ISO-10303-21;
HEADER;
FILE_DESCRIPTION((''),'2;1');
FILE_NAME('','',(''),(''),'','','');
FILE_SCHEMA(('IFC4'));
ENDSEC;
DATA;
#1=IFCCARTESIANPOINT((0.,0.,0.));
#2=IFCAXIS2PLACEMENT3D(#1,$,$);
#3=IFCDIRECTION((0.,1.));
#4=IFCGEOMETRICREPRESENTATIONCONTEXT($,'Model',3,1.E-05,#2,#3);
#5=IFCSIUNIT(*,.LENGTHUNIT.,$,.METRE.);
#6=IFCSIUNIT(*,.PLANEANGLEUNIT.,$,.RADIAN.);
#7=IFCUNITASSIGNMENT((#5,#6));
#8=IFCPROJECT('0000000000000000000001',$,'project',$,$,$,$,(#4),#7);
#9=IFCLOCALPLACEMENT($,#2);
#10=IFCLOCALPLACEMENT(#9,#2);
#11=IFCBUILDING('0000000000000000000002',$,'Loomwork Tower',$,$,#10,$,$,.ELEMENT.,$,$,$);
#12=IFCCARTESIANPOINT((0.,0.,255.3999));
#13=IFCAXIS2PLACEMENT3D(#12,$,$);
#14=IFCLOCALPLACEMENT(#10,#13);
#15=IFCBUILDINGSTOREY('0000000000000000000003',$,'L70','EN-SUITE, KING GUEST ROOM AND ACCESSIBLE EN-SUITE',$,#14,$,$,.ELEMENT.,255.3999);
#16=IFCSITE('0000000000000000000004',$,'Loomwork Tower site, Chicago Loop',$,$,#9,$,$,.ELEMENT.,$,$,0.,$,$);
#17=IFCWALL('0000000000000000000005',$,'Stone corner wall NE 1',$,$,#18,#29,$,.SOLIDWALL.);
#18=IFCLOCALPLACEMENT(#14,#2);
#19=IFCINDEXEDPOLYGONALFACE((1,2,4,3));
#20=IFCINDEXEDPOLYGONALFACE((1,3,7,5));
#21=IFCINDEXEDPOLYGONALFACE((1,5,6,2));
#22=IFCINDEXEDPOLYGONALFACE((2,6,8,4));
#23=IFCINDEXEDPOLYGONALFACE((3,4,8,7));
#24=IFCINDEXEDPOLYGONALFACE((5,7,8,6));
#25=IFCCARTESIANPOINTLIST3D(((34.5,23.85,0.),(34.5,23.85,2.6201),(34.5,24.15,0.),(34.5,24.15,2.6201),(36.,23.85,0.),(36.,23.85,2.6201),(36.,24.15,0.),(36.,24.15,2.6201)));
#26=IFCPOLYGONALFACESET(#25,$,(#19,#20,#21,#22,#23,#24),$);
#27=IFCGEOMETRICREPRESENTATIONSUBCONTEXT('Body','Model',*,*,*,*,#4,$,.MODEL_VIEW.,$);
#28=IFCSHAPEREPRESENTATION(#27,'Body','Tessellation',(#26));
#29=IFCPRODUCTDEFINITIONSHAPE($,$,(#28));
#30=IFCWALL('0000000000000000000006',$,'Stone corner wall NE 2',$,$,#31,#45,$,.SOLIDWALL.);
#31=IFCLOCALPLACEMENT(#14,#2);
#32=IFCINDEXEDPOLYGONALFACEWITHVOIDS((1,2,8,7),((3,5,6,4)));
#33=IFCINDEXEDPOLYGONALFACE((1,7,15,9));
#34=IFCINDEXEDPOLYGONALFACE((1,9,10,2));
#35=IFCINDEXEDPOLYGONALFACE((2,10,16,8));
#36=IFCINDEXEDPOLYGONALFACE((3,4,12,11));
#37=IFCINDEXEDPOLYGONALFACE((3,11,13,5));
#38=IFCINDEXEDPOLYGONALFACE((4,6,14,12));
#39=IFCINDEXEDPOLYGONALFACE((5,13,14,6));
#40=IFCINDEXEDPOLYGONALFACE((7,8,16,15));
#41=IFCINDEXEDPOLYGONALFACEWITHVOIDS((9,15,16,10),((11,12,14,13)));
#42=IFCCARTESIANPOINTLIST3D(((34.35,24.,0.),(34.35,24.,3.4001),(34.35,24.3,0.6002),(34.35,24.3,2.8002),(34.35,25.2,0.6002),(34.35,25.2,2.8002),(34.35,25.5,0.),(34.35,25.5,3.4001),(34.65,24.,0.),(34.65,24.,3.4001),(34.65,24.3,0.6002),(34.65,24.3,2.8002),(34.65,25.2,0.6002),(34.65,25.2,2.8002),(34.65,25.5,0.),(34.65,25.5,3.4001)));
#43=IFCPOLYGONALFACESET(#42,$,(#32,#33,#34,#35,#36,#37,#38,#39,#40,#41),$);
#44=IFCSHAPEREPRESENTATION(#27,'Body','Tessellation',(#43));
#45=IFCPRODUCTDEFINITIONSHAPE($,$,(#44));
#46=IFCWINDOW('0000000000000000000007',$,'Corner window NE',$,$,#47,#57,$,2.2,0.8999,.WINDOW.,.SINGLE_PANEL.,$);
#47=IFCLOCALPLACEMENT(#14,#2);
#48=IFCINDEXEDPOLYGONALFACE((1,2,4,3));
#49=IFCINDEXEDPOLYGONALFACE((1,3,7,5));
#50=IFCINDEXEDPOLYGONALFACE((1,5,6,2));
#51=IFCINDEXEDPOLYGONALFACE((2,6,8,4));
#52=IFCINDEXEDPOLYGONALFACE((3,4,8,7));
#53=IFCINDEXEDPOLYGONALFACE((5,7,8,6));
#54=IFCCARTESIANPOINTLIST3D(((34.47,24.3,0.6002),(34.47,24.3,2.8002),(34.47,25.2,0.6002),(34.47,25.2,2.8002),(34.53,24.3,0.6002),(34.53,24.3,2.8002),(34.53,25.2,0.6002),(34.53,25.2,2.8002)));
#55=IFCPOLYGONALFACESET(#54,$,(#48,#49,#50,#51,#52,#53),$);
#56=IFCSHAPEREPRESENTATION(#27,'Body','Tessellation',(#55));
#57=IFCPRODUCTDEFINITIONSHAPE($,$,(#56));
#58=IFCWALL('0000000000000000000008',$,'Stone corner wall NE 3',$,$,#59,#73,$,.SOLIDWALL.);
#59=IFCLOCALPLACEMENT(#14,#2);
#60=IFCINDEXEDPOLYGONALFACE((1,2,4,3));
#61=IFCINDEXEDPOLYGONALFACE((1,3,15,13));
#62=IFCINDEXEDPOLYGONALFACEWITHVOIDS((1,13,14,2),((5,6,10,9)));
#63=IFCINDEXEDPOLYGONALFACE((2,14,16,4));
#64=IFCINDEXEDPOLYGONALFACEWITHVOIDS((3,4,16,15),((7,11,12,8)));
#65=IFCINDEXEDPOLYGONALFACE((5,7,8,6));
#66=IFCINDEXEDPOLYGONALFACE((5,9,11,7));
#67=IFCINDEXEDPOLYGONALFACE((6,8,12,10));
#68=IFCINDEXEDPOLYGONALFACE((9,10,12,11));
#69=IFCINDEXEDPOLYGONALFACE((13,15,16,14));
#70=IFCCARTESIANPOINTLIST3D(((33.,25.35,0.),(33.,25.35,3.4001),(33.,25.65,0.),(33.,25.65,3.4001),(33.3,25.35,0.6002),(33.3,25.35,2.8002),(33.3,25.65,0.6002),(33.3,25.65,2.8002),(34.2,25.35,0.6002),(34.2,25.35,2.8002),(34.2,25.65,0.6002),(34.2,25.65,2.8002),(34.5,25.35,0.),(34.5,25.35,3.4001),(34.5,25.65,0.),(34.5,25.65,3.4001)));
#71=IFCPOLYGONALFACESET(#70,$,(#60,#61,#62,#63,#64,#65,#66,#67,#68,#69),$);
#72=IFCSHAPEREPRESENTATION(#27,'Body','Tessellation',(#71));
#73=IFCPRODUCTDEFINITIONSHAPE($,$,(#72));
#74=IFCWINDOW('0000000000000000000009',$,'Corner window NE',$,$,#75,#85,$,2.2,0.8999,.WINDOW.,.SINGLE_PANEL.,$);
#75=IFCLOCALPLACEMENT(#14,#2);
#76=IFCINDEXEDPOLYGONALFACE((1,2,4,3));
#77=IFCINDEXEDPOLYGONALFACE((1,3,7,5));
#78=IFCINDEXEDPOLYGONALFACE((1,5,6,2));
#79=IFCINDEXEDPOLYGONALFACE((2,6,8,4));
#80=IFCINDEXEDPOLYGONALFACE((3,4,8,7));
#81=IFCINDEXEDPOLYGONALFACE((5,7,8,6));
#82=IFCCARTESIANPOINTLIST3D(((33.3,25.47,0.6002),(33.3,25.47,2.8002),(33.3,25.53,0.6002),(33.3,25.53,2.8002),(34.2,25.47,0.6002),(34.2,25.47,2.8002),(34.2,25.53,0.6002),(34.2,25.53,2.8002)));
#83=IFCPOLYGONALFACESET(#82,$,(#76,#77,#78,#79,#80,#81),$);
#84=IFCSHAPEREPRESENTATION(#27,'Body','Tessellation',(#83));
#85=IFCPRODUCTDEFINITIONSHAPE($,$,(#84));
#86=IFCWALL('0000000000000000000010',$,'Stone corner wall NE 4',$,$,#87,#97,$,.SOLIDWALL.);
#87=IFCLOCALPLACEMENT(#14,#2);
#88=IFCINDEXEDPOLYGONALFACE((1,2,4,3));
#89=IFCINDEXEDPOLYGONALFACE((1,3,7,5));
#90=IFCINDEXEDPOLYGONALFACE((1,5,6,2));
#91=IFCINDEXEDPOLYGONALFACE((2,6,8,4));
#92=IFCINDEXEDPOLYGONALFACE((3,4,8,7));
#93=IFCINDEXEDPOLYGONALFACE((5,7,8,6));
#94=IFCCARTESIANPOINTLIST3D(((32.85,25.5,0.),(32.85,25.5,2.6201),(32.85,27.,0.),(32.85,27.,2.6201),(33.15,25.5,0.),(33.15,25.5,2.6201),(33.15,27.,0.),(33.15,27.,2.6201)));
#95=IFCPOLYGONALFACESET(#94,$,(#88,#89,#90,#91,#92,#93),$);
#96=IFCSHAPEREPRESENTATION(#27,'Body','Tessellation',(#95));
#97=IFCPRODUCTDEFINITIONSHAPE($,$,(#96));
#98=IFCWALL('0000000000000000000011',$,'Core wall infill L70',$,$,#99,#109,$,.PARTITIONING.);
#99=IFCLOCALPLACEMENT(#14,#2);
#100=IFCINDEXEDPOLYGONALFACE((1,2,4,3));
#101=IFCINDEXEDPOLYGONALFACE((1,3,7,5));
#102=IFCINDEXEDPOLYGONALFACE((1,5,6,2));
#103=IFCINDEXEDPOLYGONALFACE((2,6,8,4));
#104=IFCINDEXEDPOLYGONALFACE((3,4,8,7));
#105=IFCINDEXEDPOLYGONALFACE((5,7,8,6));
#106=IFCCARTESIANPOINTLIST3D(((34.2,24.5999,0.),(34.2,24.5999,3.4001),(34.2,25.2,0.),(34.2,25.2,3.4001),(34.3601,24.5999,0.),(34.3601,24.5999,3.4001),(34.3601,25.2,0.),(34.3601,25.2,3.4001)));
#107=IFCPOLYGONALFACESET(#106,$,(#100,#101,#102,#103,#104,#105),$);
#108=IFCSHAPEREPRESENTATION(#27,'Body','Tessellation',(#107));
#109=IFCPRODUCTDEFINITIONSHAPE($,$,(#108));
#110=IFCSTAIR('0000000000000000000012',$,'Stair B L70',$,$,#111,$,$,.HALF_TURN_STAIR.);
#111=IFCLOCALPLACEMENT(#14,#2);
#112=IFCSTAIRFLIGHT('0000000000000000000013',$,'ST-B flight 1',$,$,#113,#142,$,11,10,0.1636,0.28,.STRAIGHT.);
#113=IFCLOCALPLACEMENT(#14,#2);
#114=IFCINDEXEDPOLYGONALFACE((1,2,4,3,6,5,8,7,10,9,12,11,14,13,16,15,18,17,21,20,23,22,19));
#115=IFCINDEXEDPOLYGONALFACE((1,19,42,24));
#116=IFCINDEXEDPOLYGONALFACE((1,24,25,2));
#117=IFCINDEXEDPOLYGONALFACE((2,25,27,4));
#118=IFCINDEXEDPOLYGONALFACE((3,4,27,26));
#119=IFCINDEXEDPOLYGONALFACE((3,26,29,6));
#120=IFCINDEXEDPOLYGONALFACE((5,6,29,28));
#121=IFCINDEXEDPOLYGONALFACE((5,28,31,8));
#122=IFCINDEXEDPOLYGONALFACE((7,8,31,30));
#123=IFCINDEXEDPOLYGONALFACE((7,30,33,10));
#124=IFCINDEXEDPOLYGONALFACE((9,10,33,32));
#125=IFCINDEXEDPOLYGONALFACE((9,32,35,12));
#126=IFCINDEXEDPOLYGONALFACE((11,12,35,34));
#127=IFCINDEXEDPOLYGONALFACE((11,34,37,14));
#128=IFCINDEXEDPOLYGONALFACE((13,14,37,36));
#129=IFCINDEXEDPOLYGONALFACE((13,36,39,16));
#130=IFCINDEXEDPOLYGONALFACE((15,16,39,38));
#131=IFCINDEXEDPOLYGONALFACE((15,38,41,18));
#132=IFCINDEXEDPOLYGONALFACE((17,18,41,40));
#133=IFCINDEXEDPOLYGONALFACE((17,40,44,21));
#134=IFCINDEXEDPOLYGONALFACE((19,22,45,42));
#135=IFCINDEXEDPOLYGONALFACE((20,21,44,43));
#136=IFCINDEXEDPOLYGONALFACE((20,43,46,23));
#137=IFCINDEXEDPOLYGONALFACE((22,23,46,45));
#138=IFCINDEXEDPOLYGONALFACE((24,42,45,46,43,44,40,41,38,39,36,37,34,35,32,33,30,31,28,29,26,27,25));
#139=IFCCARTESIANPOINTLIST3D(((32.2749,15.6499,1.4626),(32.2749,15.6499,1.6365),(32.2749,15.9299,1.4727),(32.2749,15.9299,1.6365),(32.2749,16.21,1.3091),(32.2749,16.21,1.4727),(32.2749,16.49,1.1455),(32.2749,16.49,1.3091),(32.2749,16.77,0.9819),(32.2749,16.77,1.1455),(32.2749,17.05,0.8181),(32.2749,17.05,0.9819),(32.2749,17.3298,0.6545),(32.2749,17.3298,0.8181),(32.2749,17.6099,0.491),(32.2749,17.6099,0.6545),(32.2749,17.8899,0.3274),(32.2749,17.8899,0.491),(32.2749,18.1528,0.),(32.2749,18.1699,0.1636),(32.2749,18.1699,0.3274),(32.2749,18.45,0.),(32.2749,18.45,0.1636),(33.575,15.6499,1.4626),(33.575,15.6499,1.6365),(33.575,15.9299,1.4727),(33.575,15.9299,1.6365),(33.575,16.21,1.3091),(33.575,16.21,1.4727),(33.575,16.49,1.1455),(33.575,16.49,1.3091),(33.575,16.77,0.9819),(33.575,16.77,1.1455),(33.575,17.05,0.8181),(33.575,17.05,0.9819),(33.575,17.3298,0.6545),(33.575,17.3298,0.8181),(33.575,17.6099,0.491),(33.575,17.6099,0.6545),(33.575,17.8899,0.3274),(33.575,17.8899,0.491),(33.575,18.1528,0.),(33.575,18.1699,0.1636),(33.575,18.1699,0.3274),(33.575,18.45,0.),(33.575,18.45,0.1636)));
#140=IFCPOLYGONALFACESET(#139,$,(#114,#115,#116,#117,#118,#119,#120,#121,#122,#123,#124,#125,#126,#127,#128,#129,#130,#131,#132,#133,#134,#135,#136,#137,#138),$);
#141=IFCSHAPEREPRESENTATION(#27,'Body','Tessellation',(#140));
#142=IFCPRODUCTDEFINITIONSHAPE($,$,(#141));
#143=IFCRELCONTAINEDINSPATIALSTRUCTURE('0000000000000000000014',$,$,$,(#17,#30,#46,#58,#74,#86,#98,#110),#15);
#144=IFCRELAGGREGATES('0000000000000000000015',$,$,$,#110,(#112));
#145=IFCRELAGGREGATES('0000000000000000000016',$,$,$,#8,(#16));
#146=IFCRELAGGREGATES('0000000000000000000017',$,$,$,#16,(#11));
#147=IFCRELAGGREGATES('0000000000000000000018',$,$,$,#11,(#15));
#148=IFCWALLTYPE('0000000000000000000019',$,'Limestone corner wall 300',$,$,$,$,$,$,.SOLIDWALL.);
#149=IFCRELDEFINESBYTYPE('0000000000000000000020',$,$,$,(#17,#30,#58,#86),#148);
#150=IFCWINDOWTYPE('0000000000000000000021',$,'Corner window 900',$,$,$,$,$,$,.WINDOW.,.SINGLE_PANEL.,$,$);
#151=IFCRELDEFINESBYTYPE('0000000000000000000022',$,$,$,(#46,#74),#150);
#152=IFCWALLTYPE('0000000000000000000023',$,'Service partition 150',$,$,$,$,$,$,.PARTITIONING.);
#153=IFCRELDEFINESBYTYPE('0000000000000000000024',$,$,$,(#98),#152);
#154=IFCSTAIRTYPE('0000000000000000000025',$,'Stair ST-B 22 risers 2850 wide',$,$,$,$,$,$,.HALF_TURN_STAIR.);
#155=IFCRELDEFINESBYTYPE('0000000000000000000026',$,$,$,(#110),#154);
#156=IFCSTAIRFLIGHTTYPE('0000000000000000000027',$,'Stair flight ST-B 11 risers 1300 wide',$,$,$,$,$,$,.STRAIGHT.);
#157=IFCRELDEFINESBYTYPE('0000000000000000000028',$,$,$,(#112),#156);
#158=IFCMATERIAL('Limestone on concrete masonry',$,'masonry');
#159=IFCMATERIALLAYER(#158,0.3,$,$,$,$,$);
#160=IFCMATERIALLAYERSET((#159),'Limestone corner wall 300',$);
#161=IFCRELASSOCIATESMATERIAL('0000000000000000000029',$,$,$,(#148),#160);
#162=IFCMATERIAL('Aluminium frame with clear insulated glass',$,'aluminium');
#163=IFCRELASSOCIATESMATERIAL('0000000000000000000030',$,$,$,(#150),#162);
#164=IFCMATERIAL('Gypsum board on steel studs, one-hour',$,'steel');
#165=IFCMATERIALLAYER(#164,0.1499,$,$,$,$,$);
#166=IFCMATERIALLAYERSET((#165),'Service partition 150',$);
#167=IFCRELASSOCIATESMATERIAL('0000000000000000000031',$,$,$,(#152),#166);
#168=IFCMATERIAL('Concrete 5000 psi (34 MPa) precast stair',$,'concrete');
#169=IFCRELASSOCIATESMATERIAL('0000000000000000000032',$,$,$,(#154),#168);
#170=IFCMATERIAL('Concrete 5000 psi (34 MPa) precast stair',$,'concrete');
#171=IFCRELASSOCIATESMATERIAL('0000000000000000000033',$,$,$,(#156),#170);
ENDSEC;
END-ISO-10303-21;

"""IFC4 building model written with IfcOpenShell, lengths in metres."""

from ifc_helpers import new_model, si_unit, direction, frame, frame_2d, origin, place, context, subcontext, project, spatial, polyline, rectangle, outline, extrude, material, layer, layer_set, type_object, element, fill, aggregate, save


model = new_model("IFC4")

# Units and contexts
model_context = context("Model", 3, precision=1e-05, world=origin(), true_north=direction((0.0, 1.0)))
body_context = subcontext(model_context, "Body", "Model", "MODEL_VIEW")
ifc_project = project(units=[si_unit("LENGTHUNIT", "METRE"), si_unit("PLANEANGLEUNIT", "RADIAN")], contexts=[model_context])

# Site, building, storey
site_placement = place(None, origin())
site = spatial("IfcSite", under=ifc_project, at=site_placement, Name="Loomwork Tower site, Chicago Loop", CompositionType="ELEMENT", RefElevation=0.0)
building_placement = place(site_placement, origin())
building = spatial("IfcBuilding", under=site, at=building_placement, Name="Loomwork Tower", CompositionType="ELEMENT")
storey_placement = place(building_placement, frame((0.0, 0.0, 255.3999)))
storey = spatial("IfcBuildingStorey", under=building, at=storey_placement, Name="L70", Description="EN-SUITE, KING GUEST ROOM AND ACCESSIBLE EN-SUITE", CompositionType="ELEMENT", Elevation=255.3999)

# Wall
ifc_material_1 = material(Name="Limestone on concrete masonry", Category="masonry")
ifc_layer_1 = layer(ifc_material_1, 0.3)
ifc_layer_set_1 = layer_set([ifc_layer_1], Name="Limestone corner wall 300")
wall_type_1 = type_object("IfcWallType", Name="Limestone corner wall 300", PredefinedType="SOLIDWALL", material=ifc_layer_set_1)
wall_1_placement = place(storey_placement, frame((36.0, 24.0, 0.0), z_axis=(0.0, 0.0, 1.0), x_axis=(-1.0, 0.0, 0.0)))
element("IfcWall", 1, at=wall_1_placement, inside=storey, type_object=wall_type_1, Name="Stone corner wall NE 1", PredefinedType="SOLIDWALL", context=body_context, shape_type="SweptSolid", body=[
    extrude(rectangle(XDim=1.5, YDim=0.3, at=frame_2d((0.75, 0.0))), origin(), (0.0, 0.0, 1.0), 2.6201),
])

# Walls, openings, windows
wall_2_placement = place(storey_placement, frame((34.5, 24.0, 0.0), z_axis=(0.0, 0.0, 1.0), x_axis=(0.0, 1.0, 0.0)))
wall_2 = element("IfcWall", 2, at=wall_2_placement, inside=storey, type_object=wall_type_1, Name="Stone corner wall NE 2", PredefinedType="SOLIDWALL", context=body_context, shape_type="SweptSolid", body=[
    extrude(rectangle(XDim=1.5, YDim=0.3, at=frame_2d((0.75, 0.0))), origin(), (0.0, 0.0, 1.0), 3.4001),
])
opening_1_placement = place(wall_2_placement, frame((0.3, 0.0, 0.6001)))
opening_1 = element("IfcOpeningElement", 3, at=opening_1_placement, cuts=wall_2, PredefinedType="OPENING", context=body_context, shape_type="SweptSolid", body=[
    extrude(rectangle(XDim=0.8999, YDim=2.2, at=frame_2d((0.45, 1.1001))), frame((0.0, 0.1599, 0.0), z_axis=(0.0, -1.0, 0.0), x_axis=(1.0, 0.0, 0.0)), (0.0, 0.0, 1.0), 0.3201),
])
ifc_material_2 = material(Name="Aluminium frame with clear insulated glass", Category="aluminium")
window_type = type_object("IfcWindowType", Name="Corner window 900", PartitioningType="SINGLE_PANEL", PredefinedType="WINDOW", material=ifc_material_2)
window_1_placement = place(opening_1_placement, origin())
window_1 = element("IfcWindow", 4, at=window_1_placement, inside=storey, type_object=window_type, Name="Corner window NE", OverallHeight=2.2, OverallWidth=0.8999, PartitioningType="SINGLE_PANEL", PredefinedType="WINDOW", context=body_context, shape_type="SweptSolid", body=[
    extrude(rectangle(XDim=0.8999, YDim=2.2, at=frame_2d((0.45, 1.1001))), frame((0.0, 0.03, 0.0), z_axis=(0.0, -1.0, 0.0), x_axis=(1.0, 0.0, 0.0)), (0.0, 0.0, 1.0), 0.0601),
])
fill(opening_1, window_1)
wall_3_placement = place(storey_placement, frame((34.5, 25.5, 0.0), z_axis=(0.0, 0.0, 1.0), x_axis=(-1.0, 0.0, 0.0)))
wall_3 = element("IfcWall", 5, at=wall_3_placement, inside=storey, type_object=wall_type_1, Name="Stone corner wall NE 3", PredefinedType="SOLIDWALL", context=body_context, shape_type="SweptSolid", body=[
    extrude(rectangle(XDim=1.5, YDim=0.3, at=frame_2d((0.75, 0.0))), origin(), (0.0, 0.0, 1.0), 3.4001),
])
opening_2_placement = place(wall_3_placement, frame((0.3, 0.0, 0.6001)))
opening_2 = element("IfcOpeningElement", 6, at=opening_2_placement, cuts=wall_3, PredefinedType="OPENING", context=body_context, shape_type="SweptSolid", body=[
    extrude(rectangle(XDim=0.8999, YDim=2.2, at=frame_2d((0.45, 1.1001))), frame((0.0, 0.1599, 0.0), z_axis=(0.0, -1.0, 0.0), x_axis=(1.0, 0.0, 0.0)), (0.0, 0.0, 1.0), 0.3201),
])
window_2_placement = place(opening_2_placement, origin())
window_2 = element("IfcWindow", 7, at=window_2_placement, inside=storey, type_object=window_type, Name="Corner window NE", OverallHeight=2.2, OverallWidth=0.8999, PartitioningType="SINGLE_PANEL", PredefinedType="WINDOW", context=body_context, shape_type="SweptSolid", body=[
    extrude(rectangle(XDim=0.8999, YDim=2.2, at=frame_2d((0.45, 1.1001))), frame((0.0, 0.03, 0.0), z_axis=(0.0, -1.0, 0.0), x_axis=(1.0, 0.0, 0.0)), (0.0, 0.0, 1.0), 0.0601),
])
fill(opening_2, window_2)

# Walls
wall_4_placement = place(storey_placement, frame((33.0, 25.5, 0.0), z_axis=(0.0, 0.0, 1.0), x_axis=(0.0, 1.0, 0.0)))
element("IfcWall", 8, at=wall_4_placement, inside=storey, type_object=wall_type_1, Name="Stone corner wall NE 4", PredefinedType="SOLIDWALL", context=body_context, shape_type="SweptSolid", body=[
    extrude(rectangle(XDim=1.5, YDim=0.3, at=frame_2d((0.75, 0.0))), origin(), (0.0, 0.0, 1.0), 2.6201),
])
ifc_material_3 = material(Name="Gypsum board on steel studs, one-hour", Category="steel")
ifc_layer_2 = layer(ifc_material_3, 0.1499)
ifc_layer_set_2 = layer_set([ifc_layer_2], Name="Service partition 150")
wall_type_2 = type_object("IfcWallType", Name="Service partition 150", PredefinedType="PARTITIONING", material=ifc_layer_set_2)
wall_5_placement = place(storey_placement, frame((34.2, 24.8999, 0.0), z_axis=(0.0, 0.0, 1.0), x_axis=(1.0, 0.0, 0.0)))
element("IfcWall", 9, at=wall_5_placement, inside=storey, type_object=wall_type_2, Name="Core wall infill L70", PredefinedType="PARTITIONING", context=body_context, shape_type="SweptSolid", body=[
    extrude(rectangle(XDim=0.1602, YDim=0.6001, at=frame_2d((0.0801, 0.0))), origin(), (0.0, 0.0, 1.0), 3.4001),
])

# Stair, stair flight
ifc_material_4 = material(Name="Concrete 5000 psi (34 MPa) precast stair", Category="concrete")
stair_type = type_object("IfcStairType", Name="Stair ST-B 22 risers 2850 wide", PredefinedType="HALF_TURN_STAIR", material=ifc_material_4)
stair_placement = place(storey_placement, origin())
stair = element("IfcStair", 10, at=stair_placement, inside=storey, type_object=stair_type, Name="Stair B L70", PredefinedType="HALF_TURN_STAIR")
ifc_material_5 = material(Name="Concrete 5000 psi (34 MPa) precast stair", Category="concrete")
stair_flight_type = type_object("IfcStairFlightType", Name="Stair flight ST-B 11 risers 1300 wide", PredefinedType="STRAIGHT", material=ifc_material_5)
stair_flight_placement = place(storey_placement, frame((32.925, 18.45, 0.0), z_axis=(0.0, 0.0, 1.0), x_axis=(0.0, -1.0, 0.0)))
stair_flight = element("IfcStairFlight", 11, at=stair_flight_placement, type_object=stair_flight_type, Name="ST-B flight 1", NumberOfRisers=11, NumberOfTreads=10, PredefinedType="STRAIGHT", RiserHeight=0.1636, TreadLength=0.28, context=body_context, shape_type="SweptSolid", body=[
    extrude(outline(polyline([(0.0, 0.0), (0.0, 0.1636), (0.28, 0.1636), (0.28, 0.3274), (0.5601, 0.3274), (0.5601, 0.491), (0.8401, 0.491), (0.8401, 0.6545), (1.1201, 0.6545), (1.1201, 0.8181), (1.3999, 0.8181), (1.3999, 0.9819), (1.6799, 0.9819), (1.6799, 1.1455), (1.96, 1.1455), (1.96, 1.3091), (2.24, 1.3091), (2.24, 1.4727), (2.52, 1.4727), (2.52, 1.6365), (2.8, 1.6365), (2.8, 1.8), (2.8, 1.4626), (0.2971, 0.0), (0.0, 0.0)])), frame((0.0, 0.6499, 0.0), z_axis=(0.0, -1.0, 0.0), x_axis=(1.0, 0.0, 0.0)), (0.0, 0.0, 1.0), 1.3),
])
aggregate(stair, [stair_flight])

save(model, "model.ifc")
